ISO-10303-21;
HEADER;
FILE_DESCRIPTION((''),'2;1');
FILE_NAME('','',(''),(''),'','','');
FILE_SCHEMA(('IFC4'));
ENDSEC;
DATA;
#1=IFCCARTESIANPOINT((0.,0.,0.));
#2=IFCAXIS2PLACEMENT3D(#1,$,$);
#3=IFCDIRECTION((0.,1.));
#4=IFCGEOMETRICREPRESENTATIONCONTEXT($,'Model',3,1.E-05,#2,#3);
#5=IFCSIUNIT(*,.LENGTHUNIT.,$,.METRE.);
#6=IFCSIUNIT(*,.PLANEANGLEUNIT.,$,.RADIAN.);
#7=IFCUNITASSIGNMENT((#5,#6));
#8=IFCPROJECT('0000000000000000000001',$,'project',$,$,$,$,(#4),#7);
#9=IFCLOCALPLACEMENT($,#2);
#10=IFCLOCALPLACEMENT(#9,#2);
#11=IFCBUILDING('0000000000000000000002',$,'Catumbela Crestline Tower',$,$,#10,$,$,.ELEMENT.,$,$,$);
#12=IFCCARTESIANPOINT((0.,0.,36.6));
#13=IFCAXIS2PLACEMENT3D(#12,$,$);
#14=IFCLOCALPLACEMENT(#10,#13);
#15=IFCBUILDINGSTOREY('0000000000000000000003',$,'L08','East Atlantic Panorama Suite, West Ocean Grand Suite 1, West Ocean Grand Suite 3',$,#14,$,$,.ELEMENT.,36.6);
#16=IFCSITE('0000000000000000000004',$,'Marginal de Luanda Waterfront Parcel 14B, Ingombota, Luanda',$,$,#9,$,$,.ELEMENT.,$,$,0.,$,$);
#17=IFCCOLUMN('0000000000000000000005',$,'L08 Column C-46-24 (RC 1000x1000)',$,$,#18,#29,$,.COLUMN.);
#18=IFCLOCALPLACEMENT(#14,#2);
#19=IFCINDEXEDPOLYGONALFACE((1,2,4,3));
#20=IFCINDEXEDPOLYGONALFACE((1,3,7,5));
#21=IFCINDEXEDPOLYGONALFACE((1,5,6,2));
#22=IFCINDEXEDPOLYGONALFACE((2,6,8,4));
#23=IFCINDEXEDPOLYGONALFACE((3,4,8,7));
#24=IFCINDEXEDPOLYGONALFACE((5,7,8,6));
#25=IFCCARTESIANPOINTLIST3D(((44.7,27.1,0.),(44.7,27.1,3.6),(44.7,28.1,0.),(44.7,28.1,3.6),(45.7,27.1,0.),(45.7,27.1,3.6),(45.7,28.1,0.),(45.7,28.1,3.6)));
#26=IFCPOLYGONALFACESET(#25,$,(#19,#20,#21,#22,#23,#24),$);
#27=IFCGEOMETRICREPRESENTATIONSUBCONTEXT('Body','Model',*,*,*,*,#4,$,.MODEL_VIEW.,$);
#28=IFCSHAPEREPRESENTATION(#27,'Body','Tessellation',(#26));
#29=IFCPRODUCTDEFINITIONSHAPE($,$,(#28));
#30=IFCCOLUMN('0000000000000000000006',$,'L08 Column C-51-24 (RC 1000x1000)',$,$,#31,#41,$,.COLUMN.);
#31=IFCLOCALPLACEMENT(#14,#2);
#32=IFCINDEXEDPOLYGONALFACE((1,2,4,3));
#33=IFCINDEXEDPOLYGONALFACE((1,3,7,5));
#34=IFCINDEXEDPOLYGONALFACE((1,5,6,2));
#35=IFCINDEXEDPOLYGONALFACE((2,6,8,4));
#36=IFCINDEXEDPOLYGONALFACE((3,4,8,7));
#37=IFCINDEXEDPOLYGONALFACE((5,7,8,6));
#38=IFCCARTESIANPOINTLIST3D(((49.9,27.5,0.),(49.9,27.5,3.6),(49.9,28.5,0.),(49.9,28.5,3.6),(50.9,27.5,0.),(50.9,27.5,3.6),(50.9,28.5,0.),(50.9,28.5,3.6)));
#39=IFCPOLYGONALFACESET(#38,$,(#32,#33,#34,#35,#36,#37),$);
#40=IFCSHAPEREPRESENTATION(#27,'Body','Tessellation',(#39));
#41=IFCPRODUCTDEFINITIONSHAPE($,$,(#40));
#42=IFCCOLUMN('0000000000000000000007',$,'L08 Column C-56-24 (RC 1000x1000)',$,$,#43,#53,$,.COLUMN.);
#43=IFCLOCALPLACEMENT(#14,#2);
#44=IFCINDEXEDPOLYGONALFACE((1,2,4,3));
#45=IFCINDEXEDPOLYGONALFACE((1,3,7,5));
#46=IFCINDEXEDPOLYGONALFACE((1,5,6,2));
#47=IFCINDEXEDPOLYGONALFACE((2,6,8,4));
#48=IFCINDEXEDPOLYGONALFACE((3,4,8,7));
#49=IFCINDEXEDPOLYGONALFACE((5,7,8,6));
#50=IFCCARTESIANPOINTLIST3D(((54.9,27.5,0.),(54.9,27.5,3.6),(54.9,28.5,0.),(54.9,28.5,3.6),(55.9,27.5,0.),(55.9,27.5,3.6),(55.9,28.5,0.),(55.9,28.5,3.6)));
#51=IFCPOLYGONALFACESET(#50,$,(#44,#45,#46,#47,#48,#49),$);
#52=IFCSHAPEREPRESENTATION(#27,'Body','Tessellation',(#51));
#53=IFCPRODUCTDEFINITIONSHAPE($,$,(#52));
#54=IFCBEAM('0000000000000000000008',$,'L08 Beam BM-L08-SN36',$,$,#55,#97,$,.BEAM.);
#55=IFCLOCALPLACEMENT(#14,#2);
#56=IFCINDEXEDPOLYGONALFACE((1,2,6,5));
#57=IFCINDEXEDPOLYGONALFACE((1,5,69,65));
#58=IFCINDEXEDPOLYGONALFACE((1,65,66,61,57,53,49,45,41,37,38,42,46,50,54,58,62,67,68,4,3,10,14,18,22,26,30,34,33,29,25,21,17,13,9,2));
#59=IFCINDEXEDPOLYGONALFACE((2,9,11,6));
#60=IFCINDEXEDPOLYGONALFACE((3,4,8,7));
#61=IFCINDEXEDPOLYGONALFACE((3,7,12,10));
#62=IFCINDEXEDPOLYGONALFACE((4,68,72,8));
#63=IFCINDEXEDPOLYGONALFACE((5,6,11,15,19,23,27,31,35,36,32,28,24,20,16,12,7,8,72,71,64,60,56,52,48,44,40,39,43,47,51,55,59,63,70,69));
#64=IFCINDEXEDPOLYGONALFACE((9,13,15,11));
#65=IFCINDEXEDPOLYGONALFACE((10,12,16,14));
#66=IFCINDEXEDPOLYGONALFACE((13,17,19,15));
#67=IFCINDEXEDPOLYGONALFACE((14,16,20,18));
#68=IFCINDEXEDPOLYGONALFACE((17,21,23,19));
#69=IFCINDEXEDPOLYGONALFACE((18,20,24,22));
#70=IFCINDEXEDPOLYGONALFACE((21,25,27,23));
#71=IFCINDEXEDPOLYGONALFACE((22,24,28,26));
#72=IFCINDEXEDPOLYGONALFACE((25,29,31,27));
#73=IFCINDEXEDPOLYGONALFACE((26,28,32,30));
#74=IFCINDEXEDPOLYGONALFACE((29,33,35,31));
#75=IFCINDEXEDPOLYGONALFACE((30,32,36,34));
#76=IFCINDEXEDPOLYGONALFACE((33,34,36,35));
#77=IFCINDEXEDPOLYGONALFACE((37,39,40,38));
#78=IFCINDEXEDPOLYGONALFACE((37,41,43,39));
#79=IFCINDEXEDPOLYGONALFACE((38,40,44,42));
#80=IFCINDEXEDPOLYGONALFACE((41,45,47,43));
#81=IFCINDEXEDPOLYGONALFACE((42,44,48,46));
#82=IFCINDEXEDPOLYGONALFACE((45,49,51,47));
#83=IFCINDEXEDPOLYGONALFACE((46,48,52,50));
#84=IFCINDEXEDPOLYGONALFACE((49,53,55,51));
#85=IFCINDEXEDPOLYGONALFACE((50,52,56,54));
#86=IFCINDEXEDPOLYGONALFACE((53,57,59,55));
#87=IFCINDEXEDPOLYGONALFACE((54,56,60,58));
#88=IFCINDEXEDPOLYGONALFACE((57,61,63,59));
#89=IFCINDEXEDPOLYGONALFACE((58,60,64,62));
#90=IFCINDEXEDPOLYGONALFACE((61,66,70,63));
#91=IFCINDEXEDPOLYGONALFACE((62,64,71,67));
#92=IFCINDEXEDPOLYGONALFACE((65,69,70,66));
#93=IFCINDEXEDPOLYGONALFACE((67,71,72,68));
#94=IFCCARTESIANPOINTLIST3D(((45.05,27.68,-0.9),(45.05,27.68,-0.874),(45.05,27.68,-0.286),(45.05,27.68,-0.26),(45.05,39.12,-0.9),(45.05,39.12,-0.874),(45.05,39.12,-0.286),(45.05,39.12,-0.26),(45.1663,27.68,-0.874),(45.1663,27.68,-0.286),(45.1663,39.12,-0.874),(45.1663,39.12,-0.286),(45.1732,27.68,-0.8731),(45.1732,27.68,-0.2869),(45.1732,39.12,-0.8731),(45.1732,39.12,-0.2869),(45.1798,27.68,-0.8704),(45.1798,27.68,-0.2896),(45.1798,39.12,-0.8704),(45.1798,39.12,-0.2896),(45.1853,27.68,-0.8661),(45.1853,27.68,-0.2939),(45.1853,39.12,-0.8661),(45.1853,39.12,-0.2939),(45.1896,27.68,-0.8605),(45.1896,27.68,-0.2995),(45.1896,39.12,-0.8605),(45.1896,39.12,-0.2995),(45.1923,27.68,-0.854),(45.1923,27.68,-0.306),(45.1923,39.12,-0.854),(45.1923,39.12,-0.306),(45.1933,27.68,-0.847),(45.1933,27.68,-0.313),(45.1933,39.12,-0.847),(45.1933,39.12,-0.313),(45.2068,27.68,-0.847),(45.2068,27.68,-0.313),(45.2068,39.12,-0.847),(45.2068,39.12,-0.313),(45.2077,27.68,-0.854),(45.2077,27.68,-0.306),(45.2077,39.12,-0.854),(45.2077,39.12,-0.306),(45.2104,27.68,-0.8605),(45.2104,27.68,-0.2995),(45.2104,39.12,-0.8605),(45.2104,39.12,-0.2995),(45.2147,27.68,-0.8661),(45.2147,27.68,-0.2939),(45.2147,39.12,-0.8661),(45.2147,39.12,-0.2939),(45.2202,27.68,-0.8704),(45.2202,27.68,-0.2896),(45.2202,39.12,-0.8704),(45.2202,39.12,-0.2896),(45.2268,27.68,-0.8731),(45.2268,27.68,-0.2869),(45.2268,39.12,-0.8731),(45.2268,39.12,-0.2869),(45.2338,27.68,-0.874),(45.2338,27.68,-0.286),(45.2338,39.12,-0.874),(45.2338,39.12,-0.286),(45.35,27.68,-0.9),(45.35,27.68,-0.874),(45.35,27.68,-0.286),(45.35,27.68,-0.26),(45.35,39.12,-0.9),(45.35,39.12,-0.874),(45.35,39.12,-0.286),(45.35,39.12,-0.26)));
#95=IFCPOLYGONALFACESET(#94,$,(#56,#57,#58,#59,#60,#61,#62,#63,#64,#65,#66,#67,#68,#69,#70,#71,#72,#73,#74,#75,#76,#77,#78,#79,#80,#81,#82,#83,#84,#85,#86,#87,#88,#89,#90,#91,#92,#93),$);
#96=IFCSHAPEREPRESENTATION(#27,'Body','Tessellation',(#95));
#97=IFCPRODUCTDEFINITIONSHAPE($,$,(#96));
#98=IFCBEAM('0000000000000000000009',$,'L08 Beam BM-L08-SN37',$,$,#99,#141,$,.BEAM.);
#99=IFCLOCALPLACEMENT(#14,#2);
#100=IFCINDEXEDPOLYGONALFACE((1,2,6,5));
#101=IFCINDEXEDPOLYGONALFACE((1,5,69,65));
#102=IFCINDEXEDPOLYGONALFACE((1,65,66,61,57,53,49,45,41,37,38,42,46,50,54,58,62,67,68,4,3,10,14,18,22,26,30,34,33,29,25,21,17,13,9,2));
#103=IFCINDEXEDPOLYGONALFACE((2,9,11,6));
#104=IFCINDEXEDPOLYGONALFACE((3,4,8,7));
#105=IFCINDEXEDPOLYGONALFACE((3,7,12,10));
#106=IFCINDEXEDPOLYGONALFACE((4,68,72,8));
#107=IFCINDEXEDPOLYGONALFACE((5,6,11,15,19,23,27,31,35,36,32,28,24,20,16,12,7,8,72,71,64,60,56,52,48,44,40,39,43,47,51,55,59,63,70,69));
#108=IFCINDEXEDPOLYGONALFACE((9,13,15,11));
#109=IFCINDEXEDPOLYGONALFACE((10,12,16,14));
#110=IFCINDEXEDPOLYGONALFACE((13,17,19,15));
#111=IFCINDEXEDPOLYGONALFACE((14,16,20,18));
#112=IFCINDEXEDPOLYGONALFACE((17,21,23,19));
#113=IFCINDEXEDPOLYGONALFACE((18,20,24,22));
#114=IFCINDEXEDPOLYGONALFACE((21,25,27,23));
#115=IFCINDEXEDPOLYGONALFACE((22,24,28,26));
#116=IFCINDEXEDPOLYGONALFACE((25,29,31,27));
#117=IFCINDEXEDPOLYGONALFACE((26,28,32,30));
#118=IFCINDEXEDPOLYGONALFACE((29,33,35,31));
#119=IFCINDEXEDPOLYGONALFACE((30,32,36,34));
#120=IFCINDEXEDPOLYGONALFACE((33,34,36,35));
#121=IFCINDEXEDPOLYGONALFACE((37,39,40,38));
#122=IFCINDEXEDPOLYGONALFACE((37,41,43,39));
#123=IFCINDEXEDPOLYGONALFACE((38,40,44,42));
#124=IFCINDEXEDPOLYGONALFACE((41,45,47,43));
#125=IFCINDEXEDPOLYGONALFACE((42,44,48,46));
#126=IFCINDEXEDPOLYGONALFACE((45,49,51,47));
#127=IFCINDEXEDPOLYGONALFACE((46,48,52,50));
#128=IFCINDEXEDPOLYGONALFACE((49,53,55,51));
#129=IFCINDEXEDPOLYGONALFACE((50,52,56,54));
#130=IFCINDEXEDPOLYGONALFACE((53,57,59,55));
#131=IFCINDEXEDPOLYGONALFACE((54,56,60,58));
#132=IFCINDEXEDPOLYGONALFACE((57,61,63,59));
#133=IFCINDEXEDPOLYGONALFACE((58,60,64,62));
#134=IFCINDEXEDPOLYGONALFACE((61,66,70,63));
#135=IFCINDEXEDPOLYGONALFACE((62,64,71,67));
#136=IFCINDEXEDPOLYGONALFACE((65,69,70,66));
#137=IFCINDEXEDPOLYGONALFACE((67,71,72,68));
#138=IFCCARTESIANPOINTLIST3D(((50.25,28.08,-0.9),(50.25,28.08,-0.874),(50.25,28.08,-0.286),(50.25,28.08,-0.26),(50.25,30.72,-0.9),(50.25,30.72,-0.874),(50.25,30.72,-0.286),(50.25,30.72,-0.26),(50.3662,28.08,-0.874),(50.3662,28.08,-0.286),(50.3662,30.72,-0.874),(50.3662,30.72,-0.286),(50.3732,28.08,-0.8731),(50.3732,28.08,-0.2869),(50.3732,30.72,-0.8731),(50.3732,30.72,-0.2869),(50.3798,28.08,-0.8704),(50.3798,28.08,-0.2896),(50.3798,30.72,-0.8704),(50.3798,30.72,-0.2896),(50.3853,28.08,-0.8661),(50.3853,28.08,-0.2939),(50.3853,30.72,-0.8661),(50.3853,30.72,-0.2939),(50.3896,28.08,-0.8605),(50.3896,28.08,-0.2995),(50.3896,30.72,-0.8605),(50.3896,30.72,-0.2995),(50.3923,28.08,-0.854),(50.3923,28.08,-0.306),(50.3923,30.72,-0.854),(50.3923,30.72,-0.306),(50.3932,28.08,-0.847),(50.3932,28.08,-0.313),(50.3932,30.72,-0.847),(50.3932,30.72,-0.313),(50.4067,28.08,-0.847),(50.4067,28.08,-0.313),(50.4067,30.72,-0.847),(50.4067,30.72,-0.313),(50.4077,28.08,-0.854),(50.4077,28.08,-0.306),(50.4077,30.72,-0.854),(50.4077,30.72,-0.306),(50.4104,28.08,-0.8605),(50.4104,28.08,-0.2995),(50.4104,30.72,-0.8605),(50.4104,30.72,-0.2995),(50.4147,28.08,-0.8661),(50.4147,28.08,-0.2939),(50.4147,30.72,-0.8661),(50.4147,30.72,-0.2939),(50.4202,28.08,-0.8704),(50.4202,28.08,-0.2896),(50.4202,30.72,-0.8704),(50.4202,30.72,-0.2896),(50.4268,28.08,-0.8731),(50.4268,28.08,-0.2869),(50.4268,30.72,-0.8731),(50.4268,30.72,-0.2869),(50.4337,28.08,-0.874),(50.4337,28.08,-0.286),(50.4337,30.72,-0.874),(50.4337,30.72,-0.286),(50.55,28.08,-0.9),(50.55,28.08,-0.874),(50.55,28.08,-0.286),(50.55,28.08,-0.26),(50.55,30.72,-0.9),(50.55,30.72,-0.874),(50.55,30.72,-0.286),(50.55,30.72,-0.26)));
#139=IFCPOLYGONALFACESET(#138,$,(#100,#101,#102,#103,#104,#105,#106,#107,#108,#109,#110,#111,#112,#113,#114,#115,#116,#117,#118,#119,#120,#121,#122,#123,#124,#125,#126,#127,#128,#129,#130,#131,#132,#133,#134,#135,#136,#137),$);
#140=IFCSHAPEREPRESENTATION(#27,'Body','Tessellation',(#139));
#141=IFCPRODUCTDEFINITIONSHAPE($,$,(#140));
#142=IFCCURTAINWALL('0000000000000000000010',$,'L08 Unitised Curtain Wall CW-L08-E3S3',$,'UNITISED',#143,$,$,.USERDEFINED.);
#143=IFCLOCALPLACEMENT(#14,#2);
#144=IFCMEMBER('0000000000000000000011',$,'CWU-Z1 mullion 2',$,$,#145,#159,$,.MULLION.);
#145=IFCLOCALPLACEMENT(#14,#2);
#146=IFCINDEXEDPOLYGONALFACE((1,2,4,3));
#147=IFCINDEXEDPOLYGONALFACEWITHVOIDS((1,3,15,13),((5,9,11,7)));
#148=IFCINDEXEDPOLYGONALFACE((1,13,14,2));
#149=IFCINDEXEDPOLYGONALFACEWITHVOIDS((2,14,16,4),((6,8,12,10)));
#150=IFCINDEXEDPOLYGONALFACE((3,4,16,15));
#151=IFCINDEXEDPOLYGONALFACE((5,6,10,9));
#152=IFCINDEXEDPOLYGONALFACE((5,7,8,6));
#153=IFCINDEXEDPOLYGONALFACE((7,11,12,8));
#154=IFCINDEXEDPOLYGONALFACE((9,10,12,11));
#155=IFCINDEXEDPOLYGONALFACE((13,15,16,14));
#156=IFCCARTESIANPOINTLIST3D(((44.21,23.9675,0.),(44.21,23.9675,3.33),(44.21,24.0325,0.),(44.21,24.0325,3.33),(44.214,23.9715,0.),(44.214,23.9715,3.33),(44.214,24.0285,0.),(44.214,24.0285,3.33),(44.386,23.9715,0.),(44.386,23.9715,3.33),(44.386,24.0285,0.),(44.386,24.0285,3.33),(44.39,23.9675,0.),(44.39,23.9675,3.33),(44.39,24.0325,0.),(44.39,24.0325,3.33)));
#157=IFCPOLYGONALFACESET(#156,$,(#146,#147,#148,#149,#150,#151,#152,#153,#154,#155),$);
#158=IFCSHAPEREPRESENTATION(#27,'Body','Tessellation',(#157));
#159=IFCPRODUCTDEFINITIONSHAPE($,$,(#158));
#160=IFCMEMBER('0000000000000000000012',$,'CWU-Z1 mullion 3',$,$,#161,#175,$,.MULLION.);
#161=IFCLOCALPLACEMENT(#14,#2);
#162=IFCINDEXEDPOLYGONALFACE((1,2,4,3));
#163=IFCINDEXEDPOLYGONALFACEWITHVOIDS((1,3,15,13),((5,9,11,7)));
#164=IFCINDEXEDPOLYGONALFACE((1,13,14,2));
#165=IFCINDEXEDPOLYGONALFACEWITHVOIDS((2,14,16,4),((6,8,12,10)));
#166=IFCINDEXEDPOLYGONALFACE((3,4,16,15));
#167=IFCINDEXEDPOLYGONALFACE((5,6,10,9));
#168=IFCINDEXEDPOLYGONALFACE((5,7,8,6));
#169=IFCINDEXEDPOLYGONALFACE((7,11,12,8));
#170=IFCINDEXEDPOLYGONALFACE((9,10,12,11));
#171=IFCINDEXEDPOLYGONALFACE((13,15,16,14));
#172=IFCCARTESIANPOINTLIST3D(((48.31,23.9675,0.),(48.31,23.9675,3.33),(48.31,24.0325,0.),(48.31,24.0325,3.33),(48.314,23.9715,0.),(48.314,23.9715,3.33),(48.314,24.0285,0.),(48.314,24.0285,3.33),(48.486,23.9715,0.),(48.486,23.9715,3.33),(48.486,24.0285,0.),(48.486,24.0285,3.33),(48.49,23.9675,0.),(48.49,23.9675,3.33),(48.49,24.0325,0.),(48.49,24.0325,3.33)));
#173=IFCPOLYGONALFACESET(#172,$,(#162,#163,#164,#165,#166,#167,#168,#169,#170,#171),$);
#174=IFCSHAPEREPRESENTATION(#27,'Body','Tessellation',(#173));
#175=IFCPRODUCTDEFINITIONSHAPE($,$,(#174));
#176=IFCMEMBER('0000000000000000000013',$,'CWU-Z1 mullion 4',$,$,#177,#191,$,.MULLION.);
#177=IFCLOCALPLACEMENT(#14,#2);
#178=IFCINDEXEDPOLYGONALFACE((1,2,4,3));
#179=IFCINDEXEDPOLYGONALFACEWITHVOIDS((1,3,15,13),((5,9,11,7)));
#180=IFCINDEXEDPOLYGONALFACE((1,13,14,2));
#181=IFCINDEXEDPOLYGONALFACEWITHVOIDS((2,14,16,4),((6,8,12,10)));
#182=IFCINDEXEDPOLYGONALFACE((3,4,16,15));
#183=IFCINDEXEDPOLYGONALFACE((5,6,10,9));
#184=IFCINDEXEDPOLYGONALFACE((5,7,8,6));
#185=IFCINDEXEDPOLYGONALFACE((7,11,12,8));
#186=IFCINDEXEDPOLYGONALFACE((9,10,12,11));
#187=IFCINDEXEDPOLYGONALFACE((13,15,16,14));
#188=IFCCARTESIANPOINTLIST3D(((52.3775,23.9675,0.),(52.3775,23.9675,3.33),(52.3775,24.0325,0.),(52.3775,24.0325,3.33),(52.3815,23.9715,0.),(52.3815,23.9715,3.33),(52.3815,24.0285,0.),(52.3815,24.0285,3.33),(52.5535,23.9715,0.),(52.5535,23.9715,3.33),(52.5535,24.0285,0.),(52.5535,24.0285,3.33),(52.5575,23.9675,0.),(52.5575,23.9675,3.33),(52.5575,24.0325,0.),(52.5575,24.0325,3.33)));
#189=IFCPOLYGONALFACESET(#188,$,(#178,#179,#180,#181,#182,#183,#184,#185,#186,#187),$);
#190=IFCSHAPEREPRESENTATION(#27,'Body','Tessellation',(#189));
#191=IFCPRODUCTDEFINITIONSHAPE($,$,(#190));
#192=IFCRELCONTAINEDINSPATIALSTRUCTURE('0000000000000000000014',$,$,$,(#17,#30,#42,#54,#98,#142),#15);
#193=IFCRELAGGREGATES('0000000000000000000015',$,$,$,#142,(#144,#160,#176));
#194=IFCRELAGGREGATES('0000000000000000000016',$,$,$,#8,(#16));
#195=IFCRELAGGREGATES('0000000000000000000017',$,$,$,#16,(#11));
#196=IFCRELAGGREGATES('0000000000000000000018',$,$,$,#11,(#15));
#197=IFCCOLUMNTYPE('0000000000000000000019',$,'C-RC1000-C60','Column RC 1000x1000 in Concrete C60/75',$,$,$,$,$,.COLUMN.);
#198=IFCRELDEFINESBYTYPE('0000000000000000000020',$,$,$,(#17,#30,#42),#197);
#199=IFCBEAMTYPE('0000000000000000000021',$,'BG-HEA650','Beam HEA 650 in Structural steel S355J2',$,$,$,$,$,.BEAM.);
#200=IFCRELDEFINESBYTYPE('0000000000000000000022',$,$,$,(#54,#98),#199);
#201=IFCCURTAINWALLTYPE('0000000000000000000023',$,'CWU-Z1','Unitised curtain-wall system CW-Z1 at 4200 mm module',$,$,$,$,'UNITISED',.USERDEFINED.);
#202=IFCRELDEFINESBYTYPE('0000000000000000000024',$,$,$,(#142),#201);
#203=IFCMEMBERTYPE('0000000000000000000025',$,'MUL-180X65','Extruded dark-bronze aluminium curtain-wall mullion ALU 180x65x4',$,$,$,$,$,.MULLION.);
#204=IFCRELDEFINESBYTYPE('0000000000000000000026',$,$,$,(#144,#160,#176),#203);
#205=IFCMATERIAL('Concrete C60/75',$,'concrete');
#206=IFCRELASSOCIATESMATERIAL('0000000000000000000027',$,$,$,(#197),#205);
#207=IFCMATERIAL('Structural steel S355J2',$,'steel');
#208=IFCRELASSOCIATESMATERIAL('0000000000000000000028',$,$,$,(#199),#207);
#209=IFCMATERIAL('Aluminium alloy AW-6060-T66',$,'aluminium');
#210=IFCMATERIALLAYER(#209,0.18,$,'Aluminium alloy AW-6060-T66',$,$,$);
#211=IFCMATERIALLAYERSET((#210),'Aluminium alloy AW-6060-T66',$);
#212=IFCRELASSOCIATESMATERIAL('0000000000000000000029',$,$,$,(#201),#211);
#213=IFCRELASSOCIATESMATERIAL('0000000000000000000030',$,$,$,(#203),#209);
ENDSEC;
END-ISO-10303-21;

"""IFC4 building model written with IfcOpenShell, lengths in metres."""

from ifc_helpers import new_model, si_unit, direction, frame, origin, origin_2d, place, context, subcontext, project, spatial, rectangle, hollow_rectangle, i_section, extrude, material, layer, layer_set, material_profile, profile_set, type_object, element, aggregate, save


model = new_model("IFC4")

# Units and contexts
model_context = context("Model", 3, precision=1e-05, world=origin(), true_north=direction((0.0, 1.0)))
body_context = subcontext(model_context, "Body", "Model", "MODEL_VIEW")
ifc_project = project(units=[si_unit("LENGTHUNIT", "METRE"), si_unit("PLANEANGLEUNIT", "RADIAN")], contexts=[model_context])

# Site, building, storey
site_placement = place(None, origin())
site = spatial("IfcSite", under=ifc_project, at=site_placement, Name="Marginal de Luanda Waterfront Parcel 14B, Ingombota, Luanda", CompositionType="ELEMENT", RefElevation=0.0)
building_placement = place(site_placement, origin())
building = spatial("IfcBuilding", under=site, at=building_placement, Name="Catumbela Crestline Tower", CompositionType="ELEMENT")
storey_placement = place(building_placement, frame((0.0, 0.0, 36.6)))
storey = spatial("IfcBuildingStorey", under=building, at=storey_placement, Name="L08", Description="East Atlantic Panorama Suite, West Ocean Grand Suite 1, West Ocean Grand Suite 3", CompositionType="ELEMENT", Elevation=36.6)

# Columns
ifc_material_1 = material(Name="Concrete C60/75", Category="concrete")
ifc_material_profile_1 = material_profile(ifc_material_1, rectangle(XDim=1.0, YDim=1.0, at=origin_2d()), Name="RC 1000x1000")
ifc_profile_set_1 = profile_set([ifc_material_profile_1], Name="Concrete C60/75")
column_type = type_object("IfcColumnType", Name="C-RC1000-C60", Description="Column RC 1000x1000 in Concrete C60/75", PredefinedType="COLUMN", material=ifc_profile_set_1)
for number, where, z_axis, x_axis, name in (
    (1, (45.2, 27.6, 0.0), (0.0, 0.0, 1.0), (1.0, 0.0, 0.0), "L08 Column C-46-24 (RC 1000x1000)"),
    (2, (50.4, 28.0, 0.0), (0.0, 0.0, 1.0), (1.0, 0.0, 0.0), "L08 Column C-51-24 (RC 1000x1000)"),
    (3, (55.4, 28.0, 0.0), (0.0, 0.0, 1.0), (1.0, 0.0, 0.0), "L08 Column C-56-24 (RC 1000x1000)"),
):
    element("IfcColumn", number, at=place(storey_placement, frame(where, z_axis=z_axis, x_axis=x_axis)), inside=storey, type_object=column_type, Name=name, PredefinedType="COLUMN", context=body_context, shape_type="SweptSolid", body=[
        extrude(rectangle(XDim=1.0, YDim=1.0, at=origin_2d()), origin(), (0.0, 0.0, 1.0), 3.6),
    ])

# Beams
ifc_material_2 = material(Name="Structural steel S355J2", Category="steel")
ifc_material_profile_2 = material_profile(ifc_material_2, i_section(OverallWidth=0.3, OverallDepth=0.64, WebThickness=0.0135, FlangeThickness=0.026, FilletRadius=0.027, at=origin_2d()), Name="HEA 650")
ifc_profile_set_2 = profile_set([ifc_material_profile_2], Name="Structural steel S355J2")
beam_type_1 = type_object("IfcBeamType", Name="BG-HEA650", Description="Beam HEA 650 in Structural steel S355J2", PredefinedType="BEAM", material=ifc_profile_set_2)
beam_1_placement = place(storey_placement, frame((45.2, 27.68, -0.58), z_axis=(0.0, 1.0, 0.0), x_axis=(-1.0, 0.0, 0.0)))
element("IfcBeam", 4, at=beam_1_placement, inside=storey, type_object=beam_type_1, Name="L08 Beam BM-L08-SN36", PredefinedType="BEAM", context=body_context, shape_type="SweptSolid", body=[
    extrude(i_section(OverallWidth=0.3, OverallDepth=0.64, WebThickness=0.0135, FlangeThickness=0.026, FilletRadius=0.027, at=origin_2d()), origin(), (0.0, 0.0, 1.0), 11.44),
])
beam_2_placement = place(storey_placement, frame((50.4, 28.08, -0.58), z_axis=(0.0, 1.0, 0.0), x_axis=(-1.0, 0.0, 0.0)))
element("IfcBeam", 5, at=beam_2_placement, inside=storey, type_object=beam_type_1, Name="L08 Beam BM-L08-SN37", PredefinedType="BEAM", context=body_context, shape_type="SweptSolid", body=[
    extrude(i_section(OverallWidth=0.3, OverallDepth=0.64, WebThickness=0.0135, FlangeThickness=0.026, FilletRadius=0.027, at=origin_2d()), origin(), (0.0, 0.0, 1.0), 2.64),
])

# Curtain wall, members
ifc_material_3 = material(Name="Aluminium alloy AW-6060-T66", Category="aluminium")
ifc_layer_1 = layer(ifc_material_3, 0.18, Name="Aluminium alloy AW-6060-T66")
ifc_layer_set_1 = layer_set([ifc_layer_1], Name="Aluminium alloy AW-6060-T66")
curtain_wall_type = type_object("IfcCurtainWallType", Name="CWU-Z1", Description="Unitised curtain-wall system CW-Z1 at 4200 mm module", ElementType="UNITISED", PredefinedType="USERDEFINED", material=ifc_layer_set_1)
curtain_wall_1_placement = place(storey_placement, origin())
curtain_wall_1 = element("IfcCurtainWall", 6, at=curtain_wall_1_placement, inside=storey, type_object=curtain_wall_type, Name="L08 Unitised Curtain Wall CW-L08-E3S3", ObjectType="UNITISED", PredefinedType="USERDEFINED")
ifc_material_profile_3 = material_profile(ifc_material_3, hollow_rectangle(XDim=0.065, YDim=0.18, WallThickness=0.004, at=origin_2d()), Name="ALU 180x65x4")
ifc_profile_set_3 = profile_set([ifc_material_profile_3], Name="Aluminium alloy AW-6060-T66")
member_type_1 = type_object("IfcMemberType", Name="MUL-180X65", Description="Extruded dark-bronze aluminium curtain-wall mullion ALU 180x65x4", PredefinedType="MULLION", material=ifc_profile_set_3)
member_1_placement = place(storey_placement, frame((44.3, 24.0, 0.0), z_axis=(0.0, 0.0, 1.0), x_axis=(0.0, 1.0, 0.0)))
member_1 = element("IfcMember", 7, at=member_1_placement, type_object=member_type_1, Name="CWU-Z1 mullion 2", PredefinedType="MULLION", context=body_context, shape_type="SweptSolid", body=[
    extrude(hollow_rectangle(XDim=0.065, YDim=0.18, WallThickness=0.004, at=origin_2d()), origin(), (0.0, 0.0, 1.0), 3.33),
])
member_2_placement = place(storey_placement, frame((48.4, 24.0, 0.0), z_axis=(0.0, 0.0, 1.0), x_axis=(0.0, 1.0, 0.0)))
member_2 = element("IfcMember", 8, at=member_2_placement, type_object=member_type_1, Name="CWU-Z1 mullion 3", PredefinedType="MULLION", context=body_context, shape_type="SweptSolid", body=[
    extrude(hollow_rectangle(XDim=0.065, YDim=0.18, WallThickness=0.004, at=origin_2d()), origin(), (0.0, 0.0, 1.0), 3.33),
])
member_3_placement = place(storey_placement, frame((52.4675, 24.0, 0.0), z_axis=(0.0, 0.0, 1.0), x_axis=(0.0, 1.0, 0.0)))
member_3 = element("IfcMember", 9, at=member_3_placement, type_object=member_type_1, Name="CWU-Z1 mullion 4", PredefinedType="MULLION", context=body_context, shape_type="SweptSolid", body=[
    extrude(hollow_rectangle(XDim=0.065, YDim=0.18, WallThickness=0.004, at=origin_2d()), origin(), (0.0, 0.0, 1.0), 3.33),
])

aggregate(curtain_wall_1, [member_1, member_2, member_3])

save(model, "model.ifc")
